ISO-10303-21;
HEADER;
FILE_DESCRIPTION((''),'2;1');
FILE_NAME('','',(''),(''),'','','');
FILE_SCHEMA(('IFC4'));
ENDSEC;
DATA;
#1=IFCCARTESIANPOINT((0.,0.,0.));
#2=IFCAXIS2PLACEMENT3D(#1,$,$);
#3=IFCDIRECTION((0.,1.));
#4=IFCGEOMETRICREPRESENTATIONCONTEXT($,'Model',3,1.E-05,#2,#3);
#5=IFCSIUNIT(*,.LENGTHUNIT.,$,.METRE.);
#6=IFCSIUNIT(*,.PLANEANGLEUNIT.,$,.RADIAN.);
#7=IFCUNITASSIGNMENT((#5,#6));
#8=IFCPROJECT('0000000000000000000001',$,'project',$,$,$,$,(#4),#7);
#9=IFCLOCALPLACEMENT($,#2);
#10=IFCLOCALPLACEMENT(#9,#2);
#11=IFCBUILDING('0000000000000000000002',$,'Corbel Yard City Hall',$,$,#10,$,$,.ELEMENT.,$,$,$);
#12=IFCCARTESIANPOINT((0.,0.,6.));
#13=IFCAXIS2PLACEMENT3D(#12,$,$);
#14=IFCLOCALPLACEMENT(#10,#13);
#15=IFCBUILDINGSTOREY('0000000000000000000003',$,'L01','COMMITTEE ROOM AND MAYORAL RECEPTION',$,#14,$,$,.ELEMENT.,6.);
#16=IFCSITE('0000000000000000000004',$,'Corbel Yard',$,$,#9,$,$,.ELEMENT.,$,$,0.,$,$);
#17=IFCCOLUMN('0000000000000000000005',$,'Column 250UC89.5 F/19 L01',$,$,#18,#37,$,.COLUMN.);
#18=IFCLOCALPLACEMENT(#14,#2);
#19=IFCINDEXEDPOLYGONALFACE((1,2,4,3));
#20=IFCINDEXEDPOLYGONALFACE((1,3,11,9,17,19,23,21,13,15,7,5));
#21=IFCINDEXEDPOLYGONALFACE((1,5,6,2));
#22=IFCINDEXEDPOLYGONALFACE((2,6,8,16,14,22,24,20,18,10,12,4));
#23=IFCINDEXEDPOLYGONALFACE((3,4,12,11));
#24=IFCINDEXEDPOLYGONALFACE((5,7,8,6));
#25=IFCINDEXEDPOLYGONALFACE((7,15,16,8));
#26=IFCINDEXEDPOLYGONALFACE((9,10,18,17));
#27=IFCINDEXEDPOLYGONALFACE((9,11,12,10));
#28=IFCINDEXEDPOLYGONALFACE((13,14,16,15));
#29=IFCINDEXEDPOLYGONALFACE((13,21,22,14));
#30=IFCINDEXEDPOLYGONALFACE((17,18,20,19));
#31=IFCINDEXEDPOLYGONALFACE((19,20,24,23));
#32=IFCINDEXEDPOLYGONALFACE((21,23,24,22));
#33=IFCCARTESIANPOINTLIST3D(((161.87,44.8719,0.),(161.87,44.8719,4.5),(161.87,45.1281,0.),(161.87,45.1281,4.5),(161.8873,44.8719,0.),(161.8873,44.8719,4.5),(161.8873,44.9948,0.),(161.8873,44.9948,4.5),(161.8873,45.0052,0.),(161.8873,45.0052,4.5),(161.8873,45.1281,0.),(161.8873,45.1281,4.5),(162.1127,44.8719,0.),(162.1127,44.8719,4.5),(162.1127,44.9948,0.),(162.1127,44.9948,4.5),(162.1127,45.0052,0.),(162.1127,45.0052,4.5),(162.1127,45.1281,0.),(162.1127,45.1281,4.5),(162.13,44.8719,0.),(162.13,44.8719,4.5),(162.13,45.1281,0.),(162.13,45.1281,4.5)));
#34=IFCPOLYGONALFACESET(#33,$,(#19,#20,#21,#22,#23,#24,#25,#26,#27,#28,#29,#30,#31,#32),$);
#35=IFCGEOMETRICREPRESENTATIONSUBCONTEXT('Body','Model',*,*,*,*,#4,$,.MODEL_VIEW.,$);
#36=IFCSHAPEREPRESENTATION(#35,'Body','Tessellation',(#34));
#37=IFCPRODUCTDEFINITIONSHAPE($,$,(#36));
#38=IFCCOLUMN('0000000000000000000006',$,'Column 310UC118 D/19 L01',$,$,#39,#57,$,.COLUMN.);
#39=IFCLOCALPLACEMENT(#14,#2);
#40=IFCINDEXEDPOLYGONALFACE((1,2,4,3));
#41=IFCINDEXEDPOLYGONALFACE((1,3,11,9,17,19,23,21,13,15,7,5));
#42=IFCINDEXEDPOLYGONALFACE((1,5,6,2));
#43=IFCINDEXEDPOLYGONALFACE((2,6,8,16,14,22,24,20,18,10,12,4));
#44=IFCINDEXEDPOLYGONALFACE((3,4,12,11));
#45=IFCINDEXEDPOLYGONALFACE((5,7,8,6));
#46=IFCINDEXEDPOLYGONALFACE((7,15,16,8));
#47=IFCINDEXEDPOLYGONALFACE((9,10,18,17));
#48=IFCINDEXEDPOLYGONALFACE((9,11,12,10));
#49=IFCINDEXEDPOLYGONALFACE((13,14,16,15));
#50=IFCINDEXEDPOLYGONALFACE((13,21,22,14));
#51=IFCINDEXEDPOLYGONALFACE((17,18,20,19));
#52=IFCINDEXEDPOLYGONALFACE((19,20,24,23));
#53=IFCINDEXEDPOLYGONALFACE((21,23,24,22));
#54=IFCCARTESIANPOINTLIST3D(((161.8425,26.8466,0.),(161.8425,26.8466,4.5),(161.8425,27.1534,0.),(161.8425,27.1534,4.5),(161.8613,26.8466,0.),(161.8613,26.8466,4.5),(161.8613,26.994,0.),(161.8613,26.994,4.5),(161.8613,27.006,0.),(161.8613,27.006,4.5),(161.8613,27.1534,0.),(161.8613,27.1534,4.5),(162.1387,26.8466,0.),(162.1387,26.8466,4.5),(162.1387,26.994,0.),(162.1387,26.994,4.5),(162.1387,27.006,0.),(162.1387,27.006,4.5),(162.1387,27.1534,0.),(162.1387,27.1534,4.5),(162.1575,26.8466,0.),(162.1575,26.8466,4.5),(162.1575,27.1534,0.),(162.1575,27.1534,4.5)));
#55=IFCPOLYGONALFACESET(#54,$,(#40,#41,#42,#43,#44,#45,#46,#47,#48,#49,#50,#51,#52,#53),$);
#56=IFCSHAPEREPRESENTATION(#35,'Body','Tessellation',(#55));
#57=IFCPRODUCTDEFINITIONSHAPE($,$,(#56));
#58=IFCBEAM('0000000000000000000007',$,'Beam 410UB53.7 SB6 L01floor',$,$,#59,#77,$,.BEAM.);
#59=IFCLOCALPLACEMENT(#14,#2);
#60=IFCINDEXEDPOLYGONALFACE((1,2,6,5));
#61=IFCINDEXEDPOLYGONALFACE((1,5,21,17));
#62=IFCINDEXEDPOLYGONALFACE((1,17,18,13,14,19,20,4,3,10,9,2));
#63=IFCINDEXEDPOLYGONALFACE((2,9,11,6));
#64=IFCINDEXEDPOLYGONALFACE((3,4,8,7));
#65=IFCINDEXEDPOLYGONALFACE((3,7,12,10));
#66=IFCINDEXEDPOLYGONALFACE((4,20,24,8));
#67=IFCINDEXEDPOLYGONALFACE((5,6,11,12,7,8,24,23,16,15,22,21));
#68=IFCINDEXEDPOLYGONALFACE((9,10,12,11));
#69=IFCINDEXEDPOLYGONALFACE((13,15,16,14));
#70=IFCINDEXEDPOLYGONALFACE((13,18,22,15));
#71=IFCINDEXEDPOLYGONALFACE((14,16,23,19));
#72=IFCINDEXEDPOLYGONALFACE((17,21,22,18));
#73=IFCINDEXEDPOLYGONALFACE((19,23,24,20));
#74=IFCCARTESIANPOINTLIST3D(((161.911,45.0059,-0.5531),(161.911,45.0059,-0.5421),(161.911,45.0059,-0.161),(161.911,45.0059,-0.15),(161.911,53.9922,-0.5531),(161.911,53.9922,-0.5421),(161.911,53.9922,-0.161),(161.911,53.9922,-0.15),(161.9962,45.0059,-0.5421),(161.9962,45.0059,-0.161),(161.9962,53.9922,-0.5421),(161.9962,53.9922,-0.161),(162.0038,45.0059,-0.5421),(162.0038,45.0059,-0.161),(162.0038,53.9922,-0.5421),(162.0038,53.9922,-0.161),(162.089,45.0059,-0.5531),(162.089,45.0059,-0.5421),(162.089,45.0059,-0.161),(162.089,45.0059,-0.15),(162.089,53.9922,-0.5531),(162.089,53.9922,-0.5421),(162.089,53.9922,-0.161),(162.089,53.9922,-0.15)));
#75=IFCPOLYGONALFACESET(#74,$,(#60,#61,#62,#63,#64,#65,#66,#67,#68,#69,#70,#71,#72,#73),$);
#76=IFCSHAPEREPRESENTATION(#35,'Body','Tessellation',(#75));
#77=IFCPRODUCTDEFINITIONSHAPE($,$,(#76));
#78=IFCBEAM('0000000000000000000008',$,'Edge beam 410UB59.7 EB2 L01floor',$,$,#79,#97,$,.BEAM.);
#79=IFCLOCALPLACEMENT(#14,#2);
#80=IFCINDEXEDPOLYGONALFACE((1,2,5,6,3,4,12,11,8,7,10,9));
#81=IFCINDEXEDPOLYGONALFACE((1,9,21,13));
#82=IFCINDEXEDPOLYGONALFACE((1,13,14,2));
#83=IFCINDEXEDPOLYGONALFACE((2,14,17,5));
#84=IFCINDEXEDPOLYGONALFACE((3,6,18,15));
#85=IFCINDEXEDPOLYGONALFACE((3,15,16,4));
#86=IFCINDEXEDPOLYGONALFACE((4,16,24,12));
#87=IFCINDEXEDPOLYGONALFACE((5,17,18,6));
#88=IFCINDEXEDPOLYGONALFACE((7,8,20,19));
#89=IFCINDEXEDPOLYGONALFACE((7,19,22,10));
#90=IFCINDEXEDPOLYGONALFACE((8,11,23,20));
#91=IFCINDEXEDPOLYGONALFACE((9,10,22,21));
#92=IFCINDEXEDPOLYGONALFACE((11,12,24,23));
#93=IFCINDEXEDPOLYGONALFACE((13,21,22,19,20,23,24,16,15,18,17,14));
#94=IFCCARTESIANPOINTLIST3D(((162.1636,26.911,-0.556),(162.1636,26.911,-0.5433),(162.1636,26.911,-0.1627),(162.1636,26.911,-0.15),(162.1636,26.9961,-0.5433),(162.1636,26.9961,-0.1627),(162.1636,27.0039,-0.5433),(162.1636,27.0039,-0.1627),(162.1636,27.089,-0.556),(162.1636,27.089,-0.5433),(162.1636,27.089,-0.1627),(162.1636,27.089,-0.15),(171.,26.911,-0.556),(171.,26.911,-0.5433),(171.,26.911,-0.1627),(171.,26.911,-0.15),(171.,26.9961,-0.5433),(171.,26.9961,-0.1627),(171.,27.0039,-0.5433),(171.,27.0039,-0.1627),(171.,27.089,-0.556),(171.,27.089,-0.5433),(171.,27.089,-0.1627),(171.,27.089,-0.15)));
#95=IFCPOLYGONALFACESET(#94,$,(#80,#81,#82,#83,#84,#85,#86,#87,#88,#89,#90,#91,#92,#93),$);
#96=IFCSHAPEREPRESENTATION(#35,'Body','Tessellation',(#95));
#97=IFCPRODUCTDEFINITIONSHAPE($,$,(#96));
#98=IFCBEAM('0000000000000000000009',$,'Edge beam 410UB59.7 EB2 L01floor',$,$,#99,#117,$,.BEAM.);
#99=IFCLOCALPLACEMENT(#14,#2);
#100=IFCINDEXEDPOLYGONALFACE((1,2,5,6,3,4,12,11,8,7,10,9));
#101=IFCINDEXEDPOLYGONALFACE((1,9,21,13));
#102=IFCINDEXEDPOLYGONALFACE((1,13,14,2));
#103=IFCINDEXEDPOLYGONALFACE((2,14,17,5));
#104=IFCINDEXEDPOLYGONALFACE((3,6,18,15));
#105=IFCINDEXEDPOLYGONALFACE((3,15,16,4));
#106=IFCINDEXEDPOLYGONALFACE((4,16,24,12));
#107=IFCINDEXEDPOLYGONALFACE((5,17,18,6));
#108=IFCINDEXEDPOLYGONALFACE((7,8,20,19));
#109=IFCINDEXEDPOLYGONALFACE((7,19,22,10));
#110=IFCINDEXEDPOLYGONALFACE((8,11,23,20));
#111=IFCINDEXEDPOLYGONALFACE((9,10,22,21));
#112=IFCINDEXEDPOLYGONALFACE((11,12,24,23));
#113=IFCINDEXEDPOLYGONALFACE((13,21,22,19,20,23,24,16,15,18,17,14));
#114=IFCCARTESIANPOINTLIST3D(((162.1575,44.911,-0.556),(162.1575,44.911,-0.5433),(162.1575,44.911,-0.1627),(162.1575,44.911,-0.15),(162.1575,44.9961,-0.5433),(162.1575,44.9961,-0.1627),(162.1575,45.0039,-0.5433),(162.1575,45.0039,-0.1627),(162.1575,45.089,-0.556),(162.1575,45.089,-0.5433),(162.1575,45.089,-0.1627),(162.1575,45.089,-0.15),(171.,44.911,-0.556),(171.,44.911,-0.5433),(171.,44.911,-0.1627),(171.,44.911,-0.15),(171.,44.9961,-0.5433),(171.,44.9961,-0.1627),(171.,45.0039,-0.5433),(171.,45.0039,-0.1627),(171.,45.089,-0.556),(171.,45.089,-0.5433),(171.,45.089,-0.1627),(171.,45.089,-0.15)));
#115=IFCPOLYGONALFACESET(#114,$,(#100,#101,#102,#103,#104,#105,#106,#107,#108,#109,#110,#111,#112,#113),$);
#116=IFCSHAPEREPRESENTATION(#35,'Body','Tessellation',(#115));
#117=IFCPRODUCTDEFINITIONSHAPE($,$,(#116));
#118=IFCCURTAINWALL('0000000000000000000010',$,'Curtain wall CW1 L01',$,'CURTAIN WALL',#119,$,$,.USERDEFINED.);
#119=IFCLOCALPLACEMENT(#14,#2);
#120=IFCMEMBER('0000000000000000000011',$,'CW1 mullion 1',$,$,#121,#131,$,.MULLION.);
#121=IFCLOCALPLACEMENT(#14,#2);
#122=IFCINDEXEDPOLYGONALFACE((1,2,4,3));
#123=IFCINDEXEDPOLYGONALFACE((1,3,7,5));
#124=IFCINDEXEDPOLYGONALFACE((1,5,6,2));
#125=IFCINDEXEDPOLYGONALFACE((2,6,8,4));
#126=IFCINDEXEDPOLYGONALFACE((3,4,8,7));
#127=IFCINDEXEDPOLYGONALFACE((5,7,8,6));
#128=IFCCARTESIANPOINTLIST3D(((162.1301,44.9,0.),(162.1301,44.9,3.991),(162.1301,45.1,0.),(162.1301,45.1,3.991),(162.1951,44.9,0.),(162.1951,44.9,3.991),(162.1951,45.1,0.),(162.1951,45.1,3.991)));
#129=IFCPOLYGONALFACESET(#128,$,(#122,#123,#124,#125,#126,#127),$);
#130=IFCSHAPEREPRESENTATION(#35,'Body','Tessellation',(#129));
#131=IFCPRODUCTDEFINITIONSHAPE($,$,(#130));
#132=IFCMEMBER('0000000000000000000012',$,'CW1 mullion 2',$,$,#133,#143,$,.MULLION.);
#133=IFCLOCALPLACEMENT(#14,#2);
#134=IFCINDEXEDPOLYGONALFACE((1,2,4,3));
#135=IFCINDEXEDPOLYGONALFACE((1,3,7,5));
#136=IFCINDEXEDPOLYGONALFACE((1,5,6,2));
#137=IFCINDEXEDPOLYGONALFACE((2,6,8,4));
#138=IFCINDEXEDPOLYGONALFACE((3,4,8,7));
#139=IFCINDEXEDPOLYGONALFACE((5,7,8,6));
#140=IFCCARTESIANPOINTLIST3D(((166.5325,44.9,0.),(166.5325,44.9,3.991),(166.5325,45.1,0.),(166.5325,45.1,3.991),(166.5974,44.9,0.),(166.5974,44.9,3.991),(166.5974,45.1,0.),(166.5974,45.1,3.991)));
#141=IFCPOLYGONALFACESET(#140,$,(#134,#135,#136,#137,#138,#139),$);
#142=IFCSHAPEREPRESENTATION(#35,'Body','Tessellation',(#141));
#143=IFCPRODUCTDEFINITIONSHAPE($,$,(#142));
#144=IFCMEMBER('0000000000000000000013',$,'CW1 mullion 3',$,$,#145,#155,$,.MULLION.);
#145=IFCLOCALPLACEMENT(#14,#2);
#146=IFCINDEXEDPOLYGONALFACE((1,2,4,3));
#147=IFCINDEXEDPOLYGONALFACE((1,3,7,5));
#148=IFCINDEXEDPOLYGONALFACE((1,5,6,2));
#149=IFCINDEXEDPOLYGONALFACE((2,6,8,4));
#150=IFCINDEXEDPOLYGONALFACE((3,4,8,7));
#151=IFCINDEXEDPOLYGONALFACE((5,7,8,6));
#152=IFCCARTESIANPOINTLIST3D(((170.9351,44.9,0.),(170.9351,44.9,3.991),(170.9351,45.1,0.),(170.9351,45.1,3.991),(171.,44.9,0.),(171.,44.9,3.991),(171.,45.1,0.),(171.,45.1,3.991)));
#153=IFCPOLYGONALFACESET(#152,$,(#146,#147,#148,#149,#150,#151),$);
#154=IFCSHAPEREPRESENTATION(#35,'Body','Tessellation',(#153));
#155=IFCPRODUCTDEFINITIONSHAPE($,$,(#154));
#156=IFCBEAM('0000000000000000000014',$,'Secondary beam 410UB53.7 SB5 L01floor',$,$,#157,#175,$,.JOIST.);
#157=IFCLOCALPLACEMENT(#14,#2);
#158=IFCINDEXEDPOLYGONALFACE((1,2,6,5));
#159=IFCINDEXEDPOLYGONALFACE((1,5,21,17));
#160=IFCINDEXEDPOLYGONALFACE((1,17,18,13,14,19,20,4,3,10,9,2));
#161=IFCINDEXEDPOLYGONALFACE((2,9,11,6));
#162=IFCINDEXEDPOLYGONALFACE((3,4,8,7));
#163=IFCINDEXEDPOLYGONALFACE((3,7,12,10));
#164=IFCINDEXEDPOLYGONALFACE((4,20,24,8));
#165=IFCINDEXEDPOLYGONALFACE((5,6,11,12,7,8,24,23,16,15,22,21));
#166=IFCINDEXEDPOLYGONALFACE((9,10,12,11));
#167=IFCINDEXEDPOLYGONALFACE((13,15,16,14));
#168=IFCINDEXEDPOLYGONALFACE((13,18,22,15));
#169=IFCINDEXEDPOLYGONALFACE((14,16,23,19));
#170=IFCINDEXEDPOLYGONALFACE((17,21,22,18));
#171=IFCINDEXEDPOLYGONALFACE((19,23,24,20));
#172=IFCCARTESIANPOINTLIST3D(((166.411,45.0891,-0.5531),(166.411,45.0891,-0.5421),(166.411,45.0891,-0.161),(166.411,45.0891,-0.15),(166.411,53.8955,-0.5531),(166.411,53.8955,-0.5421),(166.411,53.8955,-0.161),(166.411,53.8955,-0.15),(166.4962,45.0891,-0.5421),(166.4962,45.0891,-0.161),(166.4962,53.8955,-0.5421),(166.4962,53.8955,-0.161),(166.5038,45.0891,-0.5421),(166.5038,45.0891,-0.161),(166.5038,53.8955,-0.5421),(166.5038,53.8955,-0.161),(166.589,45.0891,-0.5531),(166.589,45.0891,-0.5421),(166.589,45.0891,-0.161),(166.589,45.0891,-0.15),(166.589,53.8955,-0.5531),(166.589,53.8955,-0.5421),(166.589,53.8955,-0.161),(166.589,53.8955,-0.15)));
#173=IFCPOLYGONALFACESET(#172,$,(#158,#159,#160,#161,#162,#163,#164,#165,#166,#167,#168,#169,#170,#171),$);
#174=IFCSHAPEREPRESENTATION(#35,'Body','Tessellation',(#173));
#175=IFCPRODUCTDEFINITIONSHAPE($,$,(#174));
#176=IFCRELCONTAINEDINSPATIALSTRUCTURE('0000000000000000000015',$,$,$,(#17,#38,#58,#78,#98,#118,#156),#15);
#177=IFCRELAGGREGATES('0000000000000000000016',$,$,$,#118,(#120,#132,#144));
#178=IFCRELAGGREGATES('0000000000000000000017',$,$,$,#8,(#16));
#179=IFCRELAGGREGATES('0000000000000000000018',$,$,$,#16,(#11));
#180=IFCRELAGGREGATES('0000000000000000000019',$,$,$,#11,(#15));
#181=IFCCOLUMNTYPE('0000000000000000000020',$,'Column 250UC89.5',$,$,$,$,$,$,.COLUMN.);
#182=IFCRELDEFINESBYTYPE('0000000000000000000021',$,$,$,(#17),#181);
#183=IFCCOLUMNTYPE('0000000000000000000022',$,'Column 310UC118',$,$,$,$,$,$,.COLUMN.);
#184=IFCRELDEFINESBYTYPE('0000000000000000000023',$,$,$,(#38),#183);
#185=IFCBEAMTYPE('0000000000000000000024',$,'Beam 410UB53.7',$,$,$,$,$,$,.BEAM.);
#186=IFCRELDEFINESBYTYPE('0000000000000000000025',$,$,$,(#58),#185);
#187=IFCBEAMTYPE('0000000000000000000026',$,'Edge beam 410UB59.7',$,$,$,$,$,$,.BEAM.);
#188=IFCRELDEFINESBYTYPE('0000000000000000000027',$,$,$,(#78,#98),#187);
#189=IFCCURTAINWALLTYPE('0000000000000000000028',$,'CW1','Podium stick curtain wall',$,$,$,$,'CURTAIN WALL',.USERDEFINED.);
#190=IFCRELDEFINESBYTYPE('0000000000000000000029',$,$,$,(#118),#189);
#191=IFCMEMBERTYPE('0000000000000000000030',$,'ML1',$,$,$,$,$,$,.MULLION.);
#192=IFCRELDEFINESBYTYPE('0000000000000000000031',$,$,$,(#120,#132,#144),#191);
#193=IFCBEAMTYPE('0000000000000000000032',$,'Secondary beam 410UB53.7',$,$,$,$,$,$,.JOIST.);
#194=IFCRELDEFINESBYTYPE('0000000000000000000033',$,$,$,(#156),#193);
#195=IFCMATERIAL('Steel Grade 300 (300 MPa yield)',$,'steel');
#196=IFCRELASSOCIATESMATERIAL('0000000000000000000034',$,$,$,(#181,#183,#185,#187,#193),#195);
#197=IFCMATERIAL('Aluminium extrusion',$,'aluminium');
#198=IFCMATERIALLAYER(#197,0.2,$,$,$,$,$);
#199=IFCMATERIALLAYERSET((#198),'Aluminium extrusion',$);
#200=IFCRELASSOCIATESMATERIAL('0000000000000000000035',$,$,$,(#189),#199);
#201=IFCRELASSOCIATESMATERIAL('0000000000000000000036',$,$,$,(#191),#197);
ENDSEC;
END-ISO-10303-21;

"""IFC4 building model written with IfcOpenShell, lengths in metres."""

from ifc_helpers import new_model, si_unit, direction, frame, origin, origin_2d, place, context, subcontext, project, spatial, rectangle, i_section, extrude, material, layer, layer_set, material_profile, profile_set, type_object, element, aggregate, save


model = new_model("IFC4")

# Units and contexts
model_context = context("Model", 3, precision=1e-05, world=origin(), true_north=direction((0.0, 1.0)))
body_context = subcontext(model_context, "Body", "Model", "MODEL_VIEW")
ifc_project = project(units=[si_unit("LENGTHUNIT", "METRE"), si_unit("PLANEANGLEUNIT", "RADIAN")], contexts=[model_context])

# Site, building, storey
site_placement = place(None, origin())
site = spatial("IfcSite", under=ifc_project, at=site_placement, Name="Corbel Yard", CompositionType="ELEMENT", RefElevation=0.0)
building_placement = place(site_placement, origin())
building = spatial("IfcBuilding", under=site, at=building_placement, Name="Corbel Yard City Hall", CompositionType="ELEMENT")
storey_placement = place(building_placement, frame((0.0, 0.0, 6.0)))
storey = spatial("IfcBuildingStorey", under=building, at=storey_placement, Name="L01", Description="COMMITTEE ROOM AND MAYORAL RECEPTION", CompositionType="ELEMENT", Elevation=6.0)

# Columns
ifc_material_1 = material(Name="Steel Grade 300 (300 MPa yield)", Category="steel")
ifc_material_profile_1 = material_profile(ifc_material_1, i_section(OverallWidth=0.2561, OverallDepth=0.26, WebThickness=0.0105, FlangeThickness=0.0173, at=origin_2d()), Name="250UC89.5")
ifc_profile_set_1 = profile_set([ifc_material_profile_1], Name="Steel Grade 300 (300 MPa yield)")
column_type_1 = type_object("IfcColumnType", Name="Column 250UC89.5", PredefinedType="COLUMN", material=ifc_profile_set_1)
column_1_placement = place(storey_placement, frame((162.0, 45.0, 0.0), z_axis=(0.0, 0.0, 1.0), x_axis=(0.0, 1.0, 0.0)))
element("IfcColumn", 1, at=column_1_placement, inside=storey, type_object=column_type_1, Name="Column 250UC89.5 F/19 L01", PredefinedType="COLUMN", context=body_context, shape_type="SweptSolid", body=[
    extrude(i_section(OverallWidth=0.2561, OverallDepth=0.26, WebThickness=0.0105, FlangeThickness=0.0173, at=origin_2d()), origin(), (0.0, 0.0, 1.0), 4.5),
])
ifc_material_profile_2 = material_profile(ifc_material_1, i_section(OverallWidth=0.3069, OverallDepth=0.3149, WebThickness=0.012, FlangeThickness=0.0188, at=origin_2d()), Name="310UC118")
ifc_profile_set_2 = profile_set([ifc_material_profile_2], Name="Steel Grade 300 (300 MPa yield)")
column_type_2 = type_object("IfcColumnType", Name="Column 310UC118", PredefinedType="COLUMN", material=ifc_profile_set_2)
column_2_placement = place(storey_placement, frame((162.0, 27.0, 0.0), z_axis=(0.0, 0.0, 1.0), x_axis=(0.0, 1.0, 0.0)))
element("IfcColumn", 2, at=column_2_placement, inside=storey, type_object=column_type_2, Name="Column 310UC118 D/19 L01", PredefinedType="COLUMN", context=body_context, shape_type="SweptSolid", body=[
    extrude(i_section(OverallWidth=0.3069, OverallDepth=0.3149, WebThickness=0.012, FlangeThickness=0.0188, at=origin_2d()), origin(), (0.0, 0.0, 1.0), 4.5),
])

# Beams
ifc_material_profile_3 = material_profile(ifc_material_1, i_section(OverallWidth=0.178, OverallDepth=0.4031, WebThickness=0.0076, FlangeThickness=0.011, at=origin_2d()), Name="410UB53.7")
ifc_profile_set_3 = profile_set([ifc_material_profile_3], Name="Steel Grade 300 (300 MPa yield)")
beam_type_1 = type_object("IfcBeamType", Name="Beam 410UB53.7", PredefinedType="BEAM", material=ifc_profile_set_3)
beam_1_placement = place(storey_placement, frame((162.0, 45.0059, -0.3516), z_axis=(0.0, 1.0, 0.0), x_axis=(-1.0, 0.0, 0.0)))
element("IfcBeam", 3, at=beam_1_placement, inside=storey, type_object=beam_type_1, Name="Beam 410UB53.7 SB6 L01floor", PredefinedType="BEAM", context=body_context, shape_type="SweptSolid", body=[
    extrude(i_section(OverallWidth=0.178, OverallDepth=0.4031, WebThickness=0.0076, FlangeThickness=0.011, at=origin_2d()), origin(), (0.0, 0.0, 1.0), 8.9863),
])
ifc_material_profile_4 = material_profile(ifc_material_1, i_section(OverallWidth=0.178, OverallDepth=0.406, WebThickness=0.0078, FlangeThickness=0.0127, at=origin_2d()), Name="410UB59.7")
ifc_profile_set_4 = profile_set([ifc_material_profile_4], Name="Steel Grade 300 (300 MPa yield)")
beam_type_2 = type_object("IfcBeamType", Name="Edge beam 410UB59.7", PredefinedType="BEAM", material=ifc_profile_set_4)
beam_2_placement = place(storey_placement, frame((162.1636, 27.0, -0.353), z_axis=(1.0, 0.0, 0.0), x_axis=(0.0, 1.0, 0.0)))
element("IfcBeam", 4, at=beam_2_placement, inside=storey, type_object=beam_type_2, Name="Edge beam 410UB59.7 EB2 L01floor", PredefinedType="BEAM", context=body_context, shape_type="SweptSolid", body=[
    extrude(i_section(OverallWidth=0.178, OverallDepth=0.406, WebThickness=0.0078, FlangeThickness=0.0127, at=origin_2d()), origin(), (0.0, 0.0, 1.0), 8.8364),
])
beam_3_placement = place(storey_placement, frame((162.1575, 45.0, -0.353), z_axis=(1.0, 0.0, 0.0), x_axis=(0.0, 1.0, 0.0)))
element("IfcBeam", 5, at=beam_3_placement, inside=storey, type_object=beam_type_2, Name="Edge beam 410UB59.7 EB2 L01floor", PredefinedType="BEAM", context=body_context, shape_type="SweptSolid", body=[
    extrude(i_section(OverallWidth=0.178, OverallDepth=0.406, WebThickness=0.0078, FlangeThickness=0.0127, at=origin_2d()), origin(), (0.0, 0.0, 1.0), 8.8425),
])

# Curtain wall, members
ifc_material_2 = material(Name="Aluminium extrusion", Category="aluminium")
ifc_layer_1 = layer(ifc_material_2, 0.2)
ifc_layer_set_1 = layer_set([ifc_layer_1], Name="Aluminium extrusion")
curtain_wall_type = type_object("IfcCurtainWallType", Name="CW1", Description="Podium stick curtain wall", ElementType="CURTAIN WALL", PredefinedType="USERDEFINED", material=ifc_layer_set_1)
curtain_wall_placement = place(storey_placement, origin())
curtain_wall = element("IfcCurtainWall", 6, at=curtain_wall_placement, inside=storey, type_object=curtain_wall_type, Name="Curtain wall CW1 L01", ObjectType="CURTAIN WALL", PredefinedType="USERDEFINED")
ifc_material_profile_5 = material_profile(ifc_material_2, rectangle(XDim=0.2, YDim=0.0649, at=origin_2d()), Name="200x65")
ifc_profile_set_5 = profile_set([ifc_material_profile_5], Name="Aluminium extrusion")
member_type_1 = type_object("IfcMemberType", Name="ML1", PredefinedType="MULLION", material=ifc_profile_set_5)
member_1_placement = place(storey_placement, frame((162.1626, 45.0, 0.0), z_axis=(0.0, 0.0, 1.0), x_axis=(0.0, 1.0, 0.0)))
member_1 = element("IfcMember", 7, at=member_1_placement, type_object=member_type_1, Name="CW1 mullion 1", PredefinedType="MULLION", context=body_context, shape_type="SweptSolid", body=[
    extrude(rectangle(XDim=0.2, YDim=0.0649, at=origin_2d()), origin(), (0.0, 0.0, 1.0), 3.991),
])
member_2_placement = place(storey_placement, frame((166.5649, 45.0, 0.0), z_axis=(0.0, 0.0, 1.0), x_axis=(0.0, 1.0, 0.0)))
member_2 = element("IfcMember", 8, at=member_2_placement, type_object=member_type_1, Name="CW1 mullion 2", PredefinedType="MULLION", context=body_context, shape_type="SweptSolid", body=[
    extrude(rectangle(XDim=0.2, YDim=0.0649, at=origin_2d()), origin(), (0.0, 0.0, 1.0), 3.991),
])
member_3_placement = place(storey_placement, frame((170.9675, 45.0, 0.0), z_axis=(0.0, 0.0, 1.0), x_axis=(0.0, 1.0, 0.0)))
member_3 = element("IfcMember", 9, at=member_3_placement, type_object=member_type_1, Name="CW1 mullion 3", PredefinedType="MULLION", context=body_context, shape_type="SweptSolid", body=[
    extrude(rectangle(XDim=0.2, YDim=0.0649, at=origin_2d()), origin(), (0.0, 0.0, 1.0), 3.991),
])

# Beam
ifc_material_profile_6 = material_profile(ifc_material_1, i_section(OverallWidth=0.178, OverallDepth=0.4031, WebThickness=0.0076, FlangeThickness=0.011, at=origin_2d()), Name="410UB53.7")
ifc_profile_set_6 = profile_set([ifc_material_profile_6], Name="Steel Grade 300 (300 MPa yield)")
beam_type_3 = type_object("IfcBeamType", Name="Secondary beam 410UB53.7", PredefinedType="JOIST", material=ifc_profile_set_6)
beam_4_placement = place(storey_placement, frame((166.5, 45.0891, -0.3516), z_axis=(0.0, 1.0, 0.0), x_axis=(-1.0, 0.0, 0.0)))
element("IfcBeam", 10, at=beam_4_placement, inside=storey, type_object=beam_type_3, Name="Secondary beam 410UB53.7 SB5 L01floor", PredefinedType="JOIST", context=body_context, shape_type="SweptSolid", body=[
    extrude(i_section(OverallWidth=0.178, OverallDepth=0.4031, WebThickness=0.0076, FlangeThickness=0.011, at=origin_2d()), origin(), (0.0, 0.0, 1.0), 8.8064),
])

aggregate(curtain_wall, [member_1, member_2, member_3])

save(model, "model.ifc")
